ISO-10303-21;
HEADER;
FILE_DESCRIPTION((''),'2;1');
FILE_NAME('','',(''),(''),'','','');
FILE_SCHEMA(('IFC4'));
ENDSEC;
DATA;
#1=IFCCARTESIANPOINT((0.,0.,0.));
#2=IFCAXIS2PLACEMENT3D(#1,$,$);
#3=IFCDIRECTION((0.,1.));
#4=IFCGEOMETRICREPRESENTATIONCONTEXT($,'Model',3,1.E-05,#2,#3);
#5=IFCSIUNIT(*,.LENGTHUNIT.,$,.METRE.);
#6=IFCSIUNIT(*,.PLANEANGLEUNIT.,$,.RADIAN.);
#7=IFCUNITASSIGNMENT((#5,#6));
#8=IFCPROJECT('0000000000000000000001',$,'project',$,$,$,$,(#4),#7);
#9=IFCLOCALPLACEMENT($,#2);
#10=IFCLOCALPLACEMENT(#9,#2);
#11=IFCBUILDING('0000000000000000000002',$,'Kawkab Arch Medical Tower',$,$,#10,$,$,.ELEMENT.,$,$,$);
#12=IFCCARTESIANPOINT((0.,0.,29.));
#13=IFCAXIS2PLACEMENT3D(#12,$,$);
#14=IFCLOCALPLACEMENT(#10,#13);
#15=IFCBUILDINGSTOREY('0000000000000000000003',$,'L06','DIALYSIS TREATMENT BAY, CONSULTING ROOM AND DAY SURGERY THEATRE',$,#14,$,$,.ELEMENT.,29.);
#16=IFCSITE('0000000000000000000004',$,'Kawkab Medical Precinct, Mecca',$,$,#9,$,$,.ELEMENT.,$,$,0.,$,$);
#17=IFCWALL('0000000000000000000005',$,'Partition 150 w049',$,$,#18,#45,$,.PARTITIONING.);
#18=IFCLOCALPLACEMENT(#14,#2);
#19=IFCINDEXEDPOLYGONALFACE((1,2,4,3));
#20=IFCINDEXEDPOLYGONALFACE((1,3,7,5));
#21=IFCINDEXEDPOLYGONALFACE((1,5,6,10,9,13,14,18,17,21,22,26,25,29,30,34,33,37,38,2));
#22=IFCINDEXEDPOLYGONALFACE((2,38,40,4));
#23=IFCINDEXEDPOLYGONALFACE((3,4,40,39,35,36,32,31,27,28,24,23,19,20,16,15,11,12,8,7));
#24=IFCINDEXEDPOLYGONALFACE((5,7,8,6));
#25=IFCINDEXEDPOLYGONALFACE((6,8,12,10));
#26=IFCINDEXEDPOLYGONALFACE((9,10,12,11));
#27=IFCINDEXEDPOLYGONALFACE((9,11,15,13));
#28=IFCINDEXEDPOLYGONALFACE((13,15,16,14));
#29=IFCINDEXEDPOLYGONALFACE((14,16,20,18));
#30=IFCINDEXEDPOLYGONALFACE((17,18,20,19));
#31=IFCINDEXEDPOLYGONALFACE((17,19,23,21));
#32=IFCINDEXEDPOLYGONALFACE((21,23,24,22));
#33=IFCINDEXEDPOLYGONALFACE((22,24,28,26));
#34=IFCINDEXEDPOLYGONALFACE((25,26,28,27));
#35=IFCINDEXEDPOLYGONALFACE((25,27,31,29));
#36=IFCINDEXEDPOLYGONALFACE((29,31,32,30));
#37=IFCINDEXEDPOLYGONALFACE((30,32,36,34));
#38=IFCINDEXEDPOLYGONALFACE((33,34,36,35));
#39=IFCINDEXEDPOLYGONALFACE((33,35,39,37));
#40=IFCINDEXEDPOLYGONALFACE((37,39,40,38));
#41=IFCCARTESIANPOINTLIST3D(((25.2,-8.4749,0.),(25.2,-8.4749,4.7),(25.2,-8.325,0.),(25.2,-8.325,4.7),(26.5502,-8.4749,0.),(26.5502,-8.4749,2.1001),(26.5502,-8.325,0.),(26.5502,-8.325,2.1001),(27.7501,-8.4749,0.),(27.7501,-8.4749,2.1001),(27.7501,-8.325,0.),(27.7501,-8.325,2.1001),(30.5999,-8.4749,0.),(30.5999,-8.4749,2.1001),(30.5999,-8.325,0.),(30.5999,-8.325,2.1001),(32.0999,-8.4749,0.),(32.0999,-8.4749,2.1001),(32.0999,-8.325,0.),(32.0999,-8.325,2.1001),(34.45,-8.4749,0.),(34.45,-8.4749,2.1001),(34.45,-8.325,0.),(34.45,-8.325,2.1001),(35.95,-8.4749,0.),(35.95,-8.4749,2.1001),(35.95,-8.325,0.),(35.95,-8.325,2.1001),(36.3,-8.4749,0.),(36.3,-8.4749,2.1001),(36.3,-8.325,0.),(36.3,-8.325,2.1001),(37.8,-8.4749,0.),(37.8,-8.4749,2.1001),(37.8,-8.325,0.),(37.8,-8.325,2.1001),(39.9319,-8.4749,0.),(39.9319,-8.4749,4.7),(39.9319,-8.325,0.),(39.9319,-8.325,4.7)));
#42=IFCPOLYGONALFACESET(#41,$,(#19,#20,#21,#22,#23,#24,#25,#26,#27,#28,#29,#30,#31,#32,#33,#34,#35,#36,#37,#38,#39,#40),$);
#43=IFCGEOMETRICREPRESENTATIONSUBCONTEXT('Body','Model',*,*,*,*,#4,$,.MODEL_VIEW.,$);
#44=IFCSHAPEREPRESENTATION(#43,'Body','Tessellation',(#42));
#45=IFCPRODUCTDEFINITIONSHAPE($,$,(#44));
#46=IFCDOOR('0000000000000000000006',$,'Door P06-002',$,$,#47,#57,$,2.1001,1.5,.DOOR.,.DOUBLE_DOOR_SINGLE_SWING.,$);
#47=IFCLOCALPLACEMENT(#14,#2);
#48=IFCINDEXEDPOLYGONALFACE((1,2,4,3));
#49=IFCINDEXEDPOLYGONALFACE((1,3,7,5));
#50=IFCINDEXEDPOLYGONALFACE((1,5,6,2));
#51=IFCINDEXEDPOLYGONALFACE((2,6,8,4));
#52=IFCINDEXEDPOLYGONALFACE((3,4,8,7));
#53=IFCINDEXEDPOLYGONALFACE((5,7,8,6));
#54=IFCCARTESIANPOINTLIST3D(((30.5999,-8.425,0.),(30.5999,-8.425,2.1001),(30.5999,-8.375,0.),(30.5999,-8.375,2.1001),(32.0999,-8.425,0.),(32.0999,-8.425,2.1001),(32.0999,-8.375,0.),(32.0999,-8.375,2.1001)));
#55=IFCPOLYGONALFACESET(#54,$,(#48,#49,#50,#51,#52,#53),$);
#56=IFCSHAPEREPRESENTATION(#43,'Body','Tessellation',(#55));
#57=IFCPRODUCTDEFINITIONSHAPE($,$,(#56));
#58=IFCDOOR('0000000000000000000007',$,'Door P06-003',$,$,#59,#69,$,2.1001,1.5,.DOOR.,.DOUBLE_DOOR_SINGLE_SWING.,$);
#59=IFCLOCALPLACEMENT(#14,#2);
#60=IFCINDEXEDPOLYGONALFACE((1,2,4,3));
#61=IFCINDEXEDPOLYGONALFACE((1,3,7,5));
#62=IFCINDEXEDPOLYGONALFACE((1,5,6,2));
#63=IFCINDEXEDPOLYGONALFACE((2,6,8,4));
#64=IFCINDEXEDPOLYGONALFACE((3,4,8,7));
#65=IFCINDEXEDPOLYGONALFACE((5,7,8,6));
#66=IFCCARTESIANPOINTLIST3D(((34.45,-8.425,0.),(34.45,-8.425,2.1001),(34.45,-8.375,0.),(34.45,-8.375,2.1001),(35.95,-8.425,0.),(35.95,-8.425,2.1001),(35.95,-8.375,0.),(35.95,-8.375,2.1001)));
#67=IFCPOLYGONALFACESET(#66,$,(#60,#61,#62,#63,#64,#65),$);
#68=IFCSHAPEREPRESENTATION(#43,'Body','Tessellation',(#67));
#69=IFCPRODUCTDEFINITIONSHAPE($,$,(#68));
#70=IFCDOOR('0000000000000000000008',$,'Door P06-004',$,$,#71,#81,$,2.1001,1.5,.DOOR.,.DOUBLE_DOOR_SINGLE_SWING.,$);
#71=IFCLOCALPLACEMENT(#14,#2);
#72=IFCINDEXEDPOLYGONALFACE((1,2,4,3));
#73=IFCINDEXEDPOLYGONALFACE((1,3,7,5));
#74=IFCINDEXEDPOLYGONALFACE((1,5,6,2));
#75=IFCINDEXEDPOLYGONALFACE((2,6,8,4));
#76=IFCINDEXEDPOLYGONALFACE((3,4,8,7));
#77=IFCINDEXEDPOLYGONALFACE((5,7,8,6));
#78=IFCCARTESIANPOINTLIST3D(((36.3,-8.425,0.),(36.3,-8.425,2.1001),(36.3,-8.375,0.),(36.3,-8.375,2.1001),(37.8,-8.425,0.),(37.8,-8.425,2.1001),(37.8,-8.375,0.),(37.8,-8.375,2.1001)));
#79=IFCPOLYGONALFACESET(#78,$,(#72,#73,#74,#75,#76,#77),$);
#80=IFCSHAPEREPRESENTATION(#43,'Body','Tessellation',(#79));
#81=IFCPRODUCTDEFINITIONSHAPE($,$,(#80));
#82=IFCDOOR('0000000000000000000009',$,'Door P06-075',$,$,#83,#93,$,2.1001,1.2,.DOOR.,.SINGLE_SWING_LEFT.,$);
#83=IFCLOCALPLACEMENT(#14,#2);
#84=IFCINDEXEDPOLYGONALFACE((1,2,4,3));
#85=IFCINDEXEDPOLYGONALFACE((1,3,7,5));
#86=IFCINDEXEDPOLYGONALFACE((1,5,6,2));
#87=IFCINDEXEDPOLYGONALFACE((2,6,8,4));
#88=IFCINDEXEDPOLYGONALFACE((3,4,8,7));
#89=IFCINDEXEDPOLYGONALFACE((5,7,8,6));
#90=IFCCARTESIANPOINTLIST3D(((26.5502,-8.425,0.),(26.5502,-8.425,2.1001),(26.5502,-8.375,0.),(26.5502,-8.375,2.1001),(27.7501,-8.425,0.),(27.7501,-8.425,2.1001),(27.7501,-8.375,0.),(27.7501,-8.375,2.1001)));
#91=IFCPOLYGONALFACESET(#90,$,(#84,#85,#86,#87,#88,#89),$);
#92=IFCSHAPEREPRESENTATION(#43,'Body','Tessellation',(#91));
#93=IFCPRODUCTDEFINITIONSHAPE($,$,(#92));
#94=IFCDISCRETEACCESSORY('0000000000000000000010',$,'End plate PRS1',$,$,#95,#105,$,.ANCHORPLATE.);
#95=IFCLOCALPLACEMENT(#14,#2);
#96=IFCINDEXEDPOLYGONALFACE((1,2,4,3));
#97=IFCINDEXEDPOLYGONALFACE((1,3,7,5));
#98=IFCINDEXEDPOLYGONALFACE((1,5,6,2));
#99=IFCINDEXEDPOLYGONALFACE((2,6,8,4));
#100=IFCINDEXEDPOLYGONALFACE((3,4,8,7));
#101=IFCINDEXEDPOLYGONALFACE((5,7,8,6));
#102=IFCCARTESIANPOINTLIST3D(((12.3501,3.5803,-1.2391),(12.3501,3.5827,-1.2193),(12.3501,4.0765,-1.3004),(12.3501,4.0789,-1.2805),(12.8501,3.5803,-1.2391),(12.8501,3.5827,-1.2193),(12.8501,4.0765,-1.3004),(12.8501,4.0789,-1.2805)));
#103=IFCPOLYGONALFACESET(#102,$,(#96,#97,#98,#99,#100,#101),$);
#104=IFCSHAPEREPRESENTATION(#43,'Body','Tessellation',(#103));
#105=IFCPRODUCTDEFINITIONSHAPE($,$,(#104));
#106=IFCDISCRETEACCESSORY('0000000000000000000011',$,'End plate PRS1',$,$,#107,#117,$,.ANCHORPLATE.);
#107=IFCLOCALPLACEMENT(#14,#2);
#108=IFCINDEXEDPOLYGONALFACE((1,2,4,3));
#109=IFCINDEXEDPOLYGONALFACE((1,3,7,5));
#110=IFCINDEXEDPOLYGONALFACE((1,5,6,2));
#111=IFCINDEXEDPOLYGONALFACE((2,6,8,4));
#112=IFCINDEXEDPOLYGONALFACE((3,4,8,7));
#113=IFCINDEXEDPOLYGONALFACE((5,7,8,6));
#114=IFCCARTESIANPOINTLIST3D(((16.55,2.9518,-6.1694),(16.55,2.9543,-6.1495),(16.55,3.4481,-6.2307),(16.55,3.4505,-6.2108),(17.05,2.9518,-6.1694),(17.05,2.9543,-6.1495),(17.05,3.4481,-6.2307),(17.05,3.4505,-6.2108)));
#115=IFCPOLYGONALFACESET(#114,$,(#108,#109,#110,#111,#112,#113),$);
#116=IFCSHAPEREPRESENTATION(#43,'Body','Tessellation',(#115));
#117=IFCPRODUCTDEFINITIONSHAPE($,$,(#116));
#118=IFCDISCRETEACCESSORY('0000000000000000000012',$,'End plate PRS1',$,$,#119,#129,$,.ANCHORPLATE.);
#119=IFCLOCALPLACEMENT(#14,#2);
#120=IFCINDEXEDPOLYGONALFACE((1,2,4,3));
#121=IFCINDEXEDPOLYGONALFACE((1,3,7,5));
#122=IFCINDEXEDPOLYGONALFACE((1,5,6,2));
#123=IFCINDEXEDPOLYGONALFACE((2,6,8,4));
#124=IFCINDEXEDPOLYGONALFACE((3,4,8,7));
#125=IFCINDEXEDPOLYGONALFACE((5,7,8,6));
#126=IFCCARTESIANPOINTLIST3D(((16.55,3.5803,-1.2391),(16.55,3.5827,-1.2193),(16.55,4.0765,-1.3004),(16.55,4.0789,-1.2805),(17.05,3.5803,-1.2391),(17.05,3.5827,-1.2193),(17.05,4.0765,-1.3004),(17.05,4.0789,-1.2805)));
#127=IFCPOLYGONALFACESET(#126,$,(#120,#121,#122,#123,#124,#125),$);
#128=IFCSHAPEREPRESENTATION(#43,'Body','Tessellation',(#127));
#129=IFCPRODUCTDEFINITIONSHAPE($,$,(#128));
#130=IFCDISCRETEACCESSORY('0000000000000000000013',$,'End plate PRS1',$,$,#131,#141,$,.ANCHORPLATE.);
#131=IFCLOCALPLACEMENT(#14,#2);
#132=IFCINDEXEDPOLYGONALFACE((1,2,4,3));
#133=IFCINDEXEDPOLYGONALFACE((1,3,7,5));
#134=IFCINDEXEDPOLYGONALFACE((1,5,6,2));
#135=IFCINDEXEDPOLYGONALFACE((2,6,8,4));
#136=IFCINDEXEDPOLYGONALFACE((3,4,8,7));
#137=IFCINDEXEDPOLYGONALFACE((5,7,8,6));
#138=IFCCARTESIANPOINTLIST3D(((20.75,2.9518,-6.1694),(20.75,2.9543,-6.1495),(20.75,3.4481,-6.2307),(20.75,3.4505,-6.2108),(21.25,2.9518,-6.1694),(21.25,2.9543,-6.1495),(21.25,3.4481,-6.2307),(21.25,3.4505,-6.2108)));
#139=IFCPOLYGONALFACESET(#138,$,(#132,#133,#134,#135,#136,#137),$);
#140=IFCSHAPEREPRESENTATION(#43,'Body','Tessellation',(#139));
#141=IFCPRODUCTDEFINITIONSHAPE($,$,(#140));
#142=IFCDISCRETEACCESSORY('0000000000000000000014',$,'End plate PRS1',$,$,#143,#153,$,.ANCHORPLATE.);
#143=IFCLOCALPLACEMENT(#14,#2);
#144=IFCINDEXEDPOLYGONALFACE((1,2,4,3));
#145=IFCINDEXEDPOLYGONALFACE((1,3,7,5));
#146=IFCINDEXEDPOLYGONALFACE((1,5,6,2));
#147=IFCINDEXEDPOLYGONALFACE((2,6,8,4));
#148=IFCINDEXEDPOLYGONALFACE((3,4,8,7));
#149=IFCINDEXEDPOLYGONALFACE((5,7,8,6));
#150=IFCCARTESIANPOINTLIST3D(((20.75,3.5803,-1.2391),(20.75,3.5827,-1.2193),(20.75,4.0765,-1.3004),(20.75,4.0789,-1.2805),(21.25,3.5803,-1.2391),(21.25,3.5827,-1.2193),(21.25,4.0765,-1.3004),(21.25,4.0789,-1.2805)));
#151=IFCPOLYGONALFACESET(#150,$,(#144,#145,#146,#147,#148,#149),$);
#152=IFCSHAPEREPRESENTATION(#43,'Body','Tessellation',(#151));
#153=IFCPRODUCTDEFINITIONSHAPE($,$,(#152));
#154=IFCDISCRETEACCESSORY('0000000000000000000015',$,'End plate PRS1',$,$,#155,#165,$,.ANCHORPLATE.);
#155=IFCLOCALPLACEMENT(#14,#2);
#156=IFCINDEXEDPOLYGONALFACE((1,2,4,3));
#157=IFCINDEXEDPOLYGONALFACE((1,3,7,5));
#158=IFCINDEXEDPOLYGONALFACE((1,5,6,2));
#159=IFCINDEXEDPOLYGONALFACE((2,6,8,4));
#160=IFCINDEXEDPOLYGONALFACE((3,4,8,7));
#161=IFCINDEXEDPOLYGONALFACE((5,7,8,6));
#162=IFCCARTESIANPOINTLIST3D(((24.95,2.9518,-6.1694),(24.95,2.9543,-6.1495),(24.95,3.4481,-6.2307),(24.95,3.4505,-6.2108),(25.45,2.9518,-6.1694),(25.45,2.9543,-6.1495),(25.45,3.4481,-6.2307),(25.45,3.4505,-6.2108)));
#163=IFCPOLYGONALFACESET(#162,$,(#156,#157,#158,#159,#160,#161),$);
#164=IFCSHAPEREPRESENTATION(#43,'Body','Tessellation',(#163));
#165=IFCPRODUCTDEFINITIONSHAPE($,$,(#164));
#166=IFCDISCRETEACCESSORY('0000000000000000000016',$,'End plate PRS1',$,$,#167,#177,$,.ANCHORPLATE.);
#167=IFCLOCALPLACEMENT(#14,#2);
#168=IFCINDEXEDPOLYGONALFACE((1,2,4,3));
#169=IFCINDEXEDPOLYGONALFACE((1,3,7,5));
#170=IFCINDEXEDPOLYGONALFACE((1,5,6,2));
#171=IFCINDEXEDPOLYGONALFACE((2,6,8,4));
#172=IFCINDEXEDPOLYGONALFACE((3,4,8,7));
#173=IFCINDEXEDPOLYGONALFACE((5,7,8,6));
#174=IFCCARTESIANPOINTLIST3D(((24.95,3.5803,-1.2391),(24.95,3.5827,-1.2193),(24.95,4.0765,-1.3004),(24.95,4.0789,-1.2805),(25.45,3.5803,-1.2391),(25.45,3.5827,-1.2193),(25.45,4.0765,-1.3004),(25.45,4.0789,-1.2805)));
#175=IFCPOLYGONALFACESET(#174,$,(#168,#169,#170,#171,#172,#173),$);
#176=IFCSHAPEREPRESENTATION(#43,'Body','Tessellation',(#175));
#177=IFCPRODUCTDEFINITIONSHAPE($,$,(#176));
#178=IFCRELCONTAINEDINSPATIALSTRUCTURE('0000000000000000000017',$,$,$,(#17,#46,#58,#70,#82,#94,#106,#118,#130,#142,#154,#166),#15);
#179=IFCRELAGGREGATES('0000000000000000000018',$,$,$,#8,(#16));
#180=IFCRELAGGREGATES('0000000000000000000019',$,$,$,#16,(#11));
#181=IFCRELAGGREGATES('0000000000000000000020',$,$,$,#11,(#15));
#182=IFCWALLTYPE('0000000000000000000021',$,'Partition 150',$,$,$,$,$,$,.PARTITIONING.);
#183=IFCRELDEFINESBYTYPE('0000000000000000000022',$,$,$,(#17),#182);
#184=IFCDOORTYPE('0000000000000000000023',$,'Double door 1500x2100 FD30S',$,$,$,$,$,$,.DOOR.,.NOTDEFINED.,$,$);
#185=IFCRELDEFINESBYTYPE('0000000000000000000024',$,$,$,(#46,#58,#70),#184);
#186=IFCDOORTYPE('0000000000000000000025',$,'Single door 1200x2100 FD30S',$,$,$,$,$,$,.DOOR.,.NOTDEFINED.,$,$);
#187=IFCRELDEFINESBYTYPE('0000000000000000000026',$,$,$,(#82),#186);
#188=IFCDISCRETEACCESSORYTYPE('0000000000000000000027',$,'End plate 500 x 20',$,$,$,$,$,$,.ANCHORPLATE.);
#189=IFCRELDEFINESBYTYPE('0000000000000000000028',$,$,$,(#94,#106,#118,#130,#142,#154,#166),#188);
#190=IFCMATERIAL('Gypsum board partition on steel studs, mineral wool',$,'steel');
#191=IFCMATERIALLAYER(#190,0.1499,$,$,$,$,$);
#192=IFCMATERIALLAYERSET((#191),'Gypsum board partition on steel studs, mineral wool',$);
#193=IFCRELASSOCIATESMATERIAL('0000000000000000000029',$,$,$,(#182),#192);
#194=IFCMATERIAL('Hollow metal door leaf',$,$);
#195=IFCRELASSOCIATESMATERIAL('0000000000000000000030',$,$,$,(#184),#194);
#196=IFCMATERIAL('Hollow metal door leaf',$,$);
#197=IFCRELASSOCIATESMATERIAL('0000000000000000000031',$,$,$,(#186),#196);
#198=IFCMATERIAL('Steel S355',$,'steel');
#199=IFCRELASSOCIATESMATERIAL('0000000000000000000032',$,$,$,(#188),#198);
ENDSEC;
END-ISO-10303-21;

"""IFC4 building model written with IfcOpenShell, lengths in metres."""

from ifc_helpers import new_model, si_unit, direction, frame, frame_2d, origin, origin_2d, place, context, subcontext, project, spatial, rectangle, extrude, material, layer, layer_set, material_profile, profile_set, type_object, element, fill, save


model = new_model("IFC4")

# Units and contexts
model_context = context("Model", 3, precision=1e-05, world=origin(), true_north=direction((0.0, 1.0)))
body_context = subcontext(model_context, "Body", "Model", "MODEL_VIEW")
ifc_project = project(units=[si_unit("LENGTHUNIT", "METRE"), si_unit("PLANEANGLEUNIT", "RADIAN")], contexts=[model_context])

# Site, building, storey
site_placement = place(None, origin())
site = spatial("IfcSite", under=ifc_project, at=site_placement, Name="Kawkab Medical Precinct, Mecca", CompositionType="ELEMENT", RefElevation=0.0)
building_placement = place(site_placement, origin())
building = spatial("IfcBuilding", under=site, at=building_placement, Name="Kawkab Arch Medical Tower", CompositionType="ELEMENT")
storey_placement = place(building_placement, frame((0.0, 0.0, 29.0)))
storey = spatial("IfcBuildingStorey", under=building, at=storey_placement, Name="L06", Description="DIALYSIS TREATMENT BAY, CONSULTING ROOM AND DAY SURGERY THEATRE", CompositionType="ELEMENT", Elevation=29.0)

# Wall, openings, doors
ifc_material_1 = material(Name="Gypsum board partition on steel studs, mineral wool", Category="steel")
ifc_layer_1 = layer(ifc_material_1, 0.1499)
ifc_layer_set_1 = layer_set([ifc_layer_1], Name="Gypsum board partition on steel studs, mineral wool")
wall_type_1 = type_object("IfcWallType", Name="Partition 150", PredefinedType="PARTITIONING", material=ifc_layer_set_1)
wall_1_placement = place(storey_placement, frame((25.2, -8.3999, 0.0), z_axis=(0.0, 0.0, 1.0), x_axis=(1.0, 0.0, 0.0)))
wall_1 = element("IfcWall", 1, at=wall_1_placement, inside=storey, type_object=wall_type_1, Name="Partition 150 w049", PredefinedType="PARTITIONING", context=body_context, shape_type="SweptSolid", body=[
    extrude(rectangle(XDim=14.7319, YDim=0.1499, at=frame_2d((7.366, 0.0))), origin(), (0.0, 0.0, 1.0), 4.7),
])
opening_1_placement = place(wall_1_placement, frame((1.3501, 0.0, 0.0)))
opening_1 = element("IfcOpeningElement", 2, at=opening_1_placement, cuts=wall_1, PredefinedType="OPENING", context=body_context, shape_type="SweptSolid", body=[
    extrude(rectangle(XDim=1.2, YDim=2.1001, at=frame_2d((0.6001, 1.05))), frame((0.0, 0.085, 0.0), z_axis=(0.0, -1.0, 0.0), x_axis=(1.0, 0.0, 0.0)), (0.0, 0.0, 1.0), 0.1699),
])
opening_2_placement = place(wall_1_placement, frame((5.3999, 0.0, 0.0)))
opening_2 = element("IfcOpeningElement", 3, at=opening_2_placement, cuts=wall_1, PredefinedType="OPENING", context=body_context, shape_type="SweptSolid", body=[
    extrude(rectangle(XDim=1.5, YDim=2.1001, at=frame_2d((0.75, 1.05))), frame((0.0, 0.085, 0.0), z_axis=(0.0, -1.0, 0.0), x_axis=(1.0, 0.0, 0.0)), (0.0, 0.0, 1.0), 0.1699),
])
opening_3_placement = place(wall_1_placement, frame((9.25, 0.0, 0.0)))
opening_3 = element("IfcOpeningElement", 4, at=opening_3_placement, cuts=wall_1, PredefinedType="OPENING", context=body_context, shape_type="SweptSolid", body=[
    extrude(rectangle(XDim=1.5, YDim=2.1001, at=frame_2d((0.75, 1.05))), frame((0.0, 0.085, 0.0), z_axis=(0.0, -1.0, 0.0), x_axis=(1.0, 0.0, 0.0)), (0.0, 0.0, 1.0), 0.1699),
])
opening_4_placement = place(wall_1_placement, frame((11.1001, 0.0, 0.0)))
opening_4 = element("IfcOpeningElement", 5, at=opening_4_placement, cuts=wall_1, PredefinedType="OPENING", context=body_context, shape_type="SweptSolid", body=[
    extrude(rectangle(XDim=1.5, YDim=2.1001, at=frame_2d((0.75, 1.05))), frame((0.0, 0.085, 0.0), z_axis=(0.0, -1.0, 0.0), x_axis=(1.0, 0.0, 0.0)), (0.0, 0.0, 1.0), 0.1699),
])
ifc_material_2 = material(Name="Hollow metal door leaf")
door_type_1 = type_object("IfcDoorType", Name="Double door 1500x2100 FD30S", OperationType="NOTDEFINED", PredefinedType="DOOR", material=ifc_material_2)
door_1_placement = place(opening_2_placement, origin())
door_1 = element("IfcDoor", 6, at=door_1_placement, inside=storey, type_object=door_type_1, Name="Door P06-002", OperationType="DOUBLE_DOOR_SINGLE_SWING", OverallHeight=2.1001, OverallWidth=1.5, PredefinedType="DOOR", context=body_context, shape_type="SweptSolid", body=[
    extrude(rectangle(XDim=1.5, YDim=2.1001, at=frame_2d((0.75, 1.05))), frame((0.0, 0.0249, 0.0), z_axis=(0.0, -1.0, 0.0), x_axis=(1.0, 0.0, 0.0)), (0.0, 0.0, 1.0), 0.05),
])
fill(opening_2, door_1)
door_2_placement = place(opening_3_placement, origin())
door_2 = element("IfcDoor", 7, at=door_2_placement, inside=storey, type_object=door_type_1, Name="Door P06-003", OperationType="DOUBLE_DOOR_SINGLE_SWING", OverallHeight=2.1001, OverallWidth=1.5, PredefinedType="DOOR", context=body_context, shape_type="SweptSolid", body=[
    extrude(rectangle(XDim=1.5, YDim=2.1001, at=frame_2d((0.75, 1.05))), frame((0.0, 0.0249, 0.0), z_axis=(0.0, -1.0, 0.0), x_axis=(1.0, 0.0, 0.0)), (0.0, 0.0, 1.0), 0.05),
])
fill(opening_3, door_2)
door_3_placement = place(opening_4_placement, origin())
door_3 = element("IfcDoor", 8, at=door_3_placement, inside=storey, type_object=door_type_1, Name="Door P06-004", OperationType="DOUBLE_DOOR_SINGLE_SWING", OverallHeight=2.1001, OverallWidth=1.5, PredefinedType="DOOR", context=body_context, shape_type="SweptSolid", body=[
    extrude(rectangle(XDim=1.5, YDim=2.1001, at=frame_2d((0.75, 1.05))), frame((0.0, 0.0249, 0.0), z_axis=(0.0, -1.0, 0.0), x_axis=(1.0, 0.0, 0.0)), (0.0, 0.0, 1.0), 0.05),
])
fill(opening_4, door_3)
ifc_material_3 = material(Name="Hollow metal door leaf")
door_type_2 = type_object("IfcDoorType", Name="Single door 1200x2100 FD30S", OperationType="NOTDEFINED", PredefinedType="DOOR", material=ifc_material_3)
door_4_placement = place(opening_1_placement, origin())
door_4 = element("IfcDoor", 9, at=door_4_placement, inside=storey, type_object=door_type_2, Name="Door P06-075", OperationType="SINGLE_SWING_LEFT", OverallHeight=2.1001, OverallWidth=1.2, PredefinedType="DOOR", context=body_context, shape_type="SweptSolid", body=[
    extrude(rectangle(XDim=1.2, YDim=2.1001, at=frame_2d((0.6001, 1.05))), frame((0.0, 0.0249, 0.0), z_axis=(0.0, -1.0, 0.0), x_axis=(1.0, 0.0, 0.0)), (0.0, 0.0, 1.0), 0.05),
])
fill(opening_1, door_4)

# Discrete accessories
ifc_material_4 = material(Name="Steel S355", Category="steel")
ifc_material_profile_1 = material_profile(ifc_material_4, rectangle(XDim=0.5, YDim=0.5, at=origin_2d()), Name="End plate 500 x 20")
ifc_profile_set_1 = profile_set([ifc_material_profile_1], Name="Steel S355")
discrete_accessory_type = type_object("IfcDiscreteAccessoryType", Name="End plate 500 x 20", PredefinedType="ANCHORPLATE", material=ifc_profile_set_1)
for number, where, z_axis, x_axis, name in (
    (10, (12.6001, 3.8284, -1.2698), (0.0, 0.122527, 0.992465), (-1.0, 0.0, 0.0), "End plate PRS1"),
    (11, (16.8, 3.2024, -6.1802), (0.0, -0.122527, -0.992465), (1.0, 0.0, 0.0), "End plate PRS1"),
    (12, (16.8, 3.8284, -1.2698), (0.0, 0.122527, 0.992465), (-1.0, 0.0, 0.0), "End plate PRS1"),
    (13, (21.0, 3.2024, -6.1802), (0.0, -0.122527, -0.992465), (1.0, 0.0, 0.0), "End plate PRS1"),
    (14, (21.0, 3.8284, -1.2698), (0.0, 0.122527, 0.992465), (-1.0, 0.0, 0.0), "End plate PRS1"),
    (15, (25.2, 3.2024, -6.1802), (0.0, -0.122527, -0.992465), (1.0, 0.0, 0.0), "End plate PRS1"),
    (16, (25.2, 3.8284, -1.2698), (0.0, 0.122527, 0.992465), (-1.0, 0.0, 0.0), "End plate PRS1"),
):
    element("IfcDiscreteAccessory", number, at=place(storey_placement, frame(where, z_axis=z_axis, x_axis=x_axis)), inside=storey, type_object=discrete_accessory_type, Name=name, PredefinedType="ANCHORPLATE", context=body_context, shape_type="SweptSolid", body=[
        extrude(rectangle(XDim=0.5, YDim=0.5, at=origin_2d()), origin(), (0.0, 0.0, 1.0), 0.02),
    ])

save(model, "model.ifc")
